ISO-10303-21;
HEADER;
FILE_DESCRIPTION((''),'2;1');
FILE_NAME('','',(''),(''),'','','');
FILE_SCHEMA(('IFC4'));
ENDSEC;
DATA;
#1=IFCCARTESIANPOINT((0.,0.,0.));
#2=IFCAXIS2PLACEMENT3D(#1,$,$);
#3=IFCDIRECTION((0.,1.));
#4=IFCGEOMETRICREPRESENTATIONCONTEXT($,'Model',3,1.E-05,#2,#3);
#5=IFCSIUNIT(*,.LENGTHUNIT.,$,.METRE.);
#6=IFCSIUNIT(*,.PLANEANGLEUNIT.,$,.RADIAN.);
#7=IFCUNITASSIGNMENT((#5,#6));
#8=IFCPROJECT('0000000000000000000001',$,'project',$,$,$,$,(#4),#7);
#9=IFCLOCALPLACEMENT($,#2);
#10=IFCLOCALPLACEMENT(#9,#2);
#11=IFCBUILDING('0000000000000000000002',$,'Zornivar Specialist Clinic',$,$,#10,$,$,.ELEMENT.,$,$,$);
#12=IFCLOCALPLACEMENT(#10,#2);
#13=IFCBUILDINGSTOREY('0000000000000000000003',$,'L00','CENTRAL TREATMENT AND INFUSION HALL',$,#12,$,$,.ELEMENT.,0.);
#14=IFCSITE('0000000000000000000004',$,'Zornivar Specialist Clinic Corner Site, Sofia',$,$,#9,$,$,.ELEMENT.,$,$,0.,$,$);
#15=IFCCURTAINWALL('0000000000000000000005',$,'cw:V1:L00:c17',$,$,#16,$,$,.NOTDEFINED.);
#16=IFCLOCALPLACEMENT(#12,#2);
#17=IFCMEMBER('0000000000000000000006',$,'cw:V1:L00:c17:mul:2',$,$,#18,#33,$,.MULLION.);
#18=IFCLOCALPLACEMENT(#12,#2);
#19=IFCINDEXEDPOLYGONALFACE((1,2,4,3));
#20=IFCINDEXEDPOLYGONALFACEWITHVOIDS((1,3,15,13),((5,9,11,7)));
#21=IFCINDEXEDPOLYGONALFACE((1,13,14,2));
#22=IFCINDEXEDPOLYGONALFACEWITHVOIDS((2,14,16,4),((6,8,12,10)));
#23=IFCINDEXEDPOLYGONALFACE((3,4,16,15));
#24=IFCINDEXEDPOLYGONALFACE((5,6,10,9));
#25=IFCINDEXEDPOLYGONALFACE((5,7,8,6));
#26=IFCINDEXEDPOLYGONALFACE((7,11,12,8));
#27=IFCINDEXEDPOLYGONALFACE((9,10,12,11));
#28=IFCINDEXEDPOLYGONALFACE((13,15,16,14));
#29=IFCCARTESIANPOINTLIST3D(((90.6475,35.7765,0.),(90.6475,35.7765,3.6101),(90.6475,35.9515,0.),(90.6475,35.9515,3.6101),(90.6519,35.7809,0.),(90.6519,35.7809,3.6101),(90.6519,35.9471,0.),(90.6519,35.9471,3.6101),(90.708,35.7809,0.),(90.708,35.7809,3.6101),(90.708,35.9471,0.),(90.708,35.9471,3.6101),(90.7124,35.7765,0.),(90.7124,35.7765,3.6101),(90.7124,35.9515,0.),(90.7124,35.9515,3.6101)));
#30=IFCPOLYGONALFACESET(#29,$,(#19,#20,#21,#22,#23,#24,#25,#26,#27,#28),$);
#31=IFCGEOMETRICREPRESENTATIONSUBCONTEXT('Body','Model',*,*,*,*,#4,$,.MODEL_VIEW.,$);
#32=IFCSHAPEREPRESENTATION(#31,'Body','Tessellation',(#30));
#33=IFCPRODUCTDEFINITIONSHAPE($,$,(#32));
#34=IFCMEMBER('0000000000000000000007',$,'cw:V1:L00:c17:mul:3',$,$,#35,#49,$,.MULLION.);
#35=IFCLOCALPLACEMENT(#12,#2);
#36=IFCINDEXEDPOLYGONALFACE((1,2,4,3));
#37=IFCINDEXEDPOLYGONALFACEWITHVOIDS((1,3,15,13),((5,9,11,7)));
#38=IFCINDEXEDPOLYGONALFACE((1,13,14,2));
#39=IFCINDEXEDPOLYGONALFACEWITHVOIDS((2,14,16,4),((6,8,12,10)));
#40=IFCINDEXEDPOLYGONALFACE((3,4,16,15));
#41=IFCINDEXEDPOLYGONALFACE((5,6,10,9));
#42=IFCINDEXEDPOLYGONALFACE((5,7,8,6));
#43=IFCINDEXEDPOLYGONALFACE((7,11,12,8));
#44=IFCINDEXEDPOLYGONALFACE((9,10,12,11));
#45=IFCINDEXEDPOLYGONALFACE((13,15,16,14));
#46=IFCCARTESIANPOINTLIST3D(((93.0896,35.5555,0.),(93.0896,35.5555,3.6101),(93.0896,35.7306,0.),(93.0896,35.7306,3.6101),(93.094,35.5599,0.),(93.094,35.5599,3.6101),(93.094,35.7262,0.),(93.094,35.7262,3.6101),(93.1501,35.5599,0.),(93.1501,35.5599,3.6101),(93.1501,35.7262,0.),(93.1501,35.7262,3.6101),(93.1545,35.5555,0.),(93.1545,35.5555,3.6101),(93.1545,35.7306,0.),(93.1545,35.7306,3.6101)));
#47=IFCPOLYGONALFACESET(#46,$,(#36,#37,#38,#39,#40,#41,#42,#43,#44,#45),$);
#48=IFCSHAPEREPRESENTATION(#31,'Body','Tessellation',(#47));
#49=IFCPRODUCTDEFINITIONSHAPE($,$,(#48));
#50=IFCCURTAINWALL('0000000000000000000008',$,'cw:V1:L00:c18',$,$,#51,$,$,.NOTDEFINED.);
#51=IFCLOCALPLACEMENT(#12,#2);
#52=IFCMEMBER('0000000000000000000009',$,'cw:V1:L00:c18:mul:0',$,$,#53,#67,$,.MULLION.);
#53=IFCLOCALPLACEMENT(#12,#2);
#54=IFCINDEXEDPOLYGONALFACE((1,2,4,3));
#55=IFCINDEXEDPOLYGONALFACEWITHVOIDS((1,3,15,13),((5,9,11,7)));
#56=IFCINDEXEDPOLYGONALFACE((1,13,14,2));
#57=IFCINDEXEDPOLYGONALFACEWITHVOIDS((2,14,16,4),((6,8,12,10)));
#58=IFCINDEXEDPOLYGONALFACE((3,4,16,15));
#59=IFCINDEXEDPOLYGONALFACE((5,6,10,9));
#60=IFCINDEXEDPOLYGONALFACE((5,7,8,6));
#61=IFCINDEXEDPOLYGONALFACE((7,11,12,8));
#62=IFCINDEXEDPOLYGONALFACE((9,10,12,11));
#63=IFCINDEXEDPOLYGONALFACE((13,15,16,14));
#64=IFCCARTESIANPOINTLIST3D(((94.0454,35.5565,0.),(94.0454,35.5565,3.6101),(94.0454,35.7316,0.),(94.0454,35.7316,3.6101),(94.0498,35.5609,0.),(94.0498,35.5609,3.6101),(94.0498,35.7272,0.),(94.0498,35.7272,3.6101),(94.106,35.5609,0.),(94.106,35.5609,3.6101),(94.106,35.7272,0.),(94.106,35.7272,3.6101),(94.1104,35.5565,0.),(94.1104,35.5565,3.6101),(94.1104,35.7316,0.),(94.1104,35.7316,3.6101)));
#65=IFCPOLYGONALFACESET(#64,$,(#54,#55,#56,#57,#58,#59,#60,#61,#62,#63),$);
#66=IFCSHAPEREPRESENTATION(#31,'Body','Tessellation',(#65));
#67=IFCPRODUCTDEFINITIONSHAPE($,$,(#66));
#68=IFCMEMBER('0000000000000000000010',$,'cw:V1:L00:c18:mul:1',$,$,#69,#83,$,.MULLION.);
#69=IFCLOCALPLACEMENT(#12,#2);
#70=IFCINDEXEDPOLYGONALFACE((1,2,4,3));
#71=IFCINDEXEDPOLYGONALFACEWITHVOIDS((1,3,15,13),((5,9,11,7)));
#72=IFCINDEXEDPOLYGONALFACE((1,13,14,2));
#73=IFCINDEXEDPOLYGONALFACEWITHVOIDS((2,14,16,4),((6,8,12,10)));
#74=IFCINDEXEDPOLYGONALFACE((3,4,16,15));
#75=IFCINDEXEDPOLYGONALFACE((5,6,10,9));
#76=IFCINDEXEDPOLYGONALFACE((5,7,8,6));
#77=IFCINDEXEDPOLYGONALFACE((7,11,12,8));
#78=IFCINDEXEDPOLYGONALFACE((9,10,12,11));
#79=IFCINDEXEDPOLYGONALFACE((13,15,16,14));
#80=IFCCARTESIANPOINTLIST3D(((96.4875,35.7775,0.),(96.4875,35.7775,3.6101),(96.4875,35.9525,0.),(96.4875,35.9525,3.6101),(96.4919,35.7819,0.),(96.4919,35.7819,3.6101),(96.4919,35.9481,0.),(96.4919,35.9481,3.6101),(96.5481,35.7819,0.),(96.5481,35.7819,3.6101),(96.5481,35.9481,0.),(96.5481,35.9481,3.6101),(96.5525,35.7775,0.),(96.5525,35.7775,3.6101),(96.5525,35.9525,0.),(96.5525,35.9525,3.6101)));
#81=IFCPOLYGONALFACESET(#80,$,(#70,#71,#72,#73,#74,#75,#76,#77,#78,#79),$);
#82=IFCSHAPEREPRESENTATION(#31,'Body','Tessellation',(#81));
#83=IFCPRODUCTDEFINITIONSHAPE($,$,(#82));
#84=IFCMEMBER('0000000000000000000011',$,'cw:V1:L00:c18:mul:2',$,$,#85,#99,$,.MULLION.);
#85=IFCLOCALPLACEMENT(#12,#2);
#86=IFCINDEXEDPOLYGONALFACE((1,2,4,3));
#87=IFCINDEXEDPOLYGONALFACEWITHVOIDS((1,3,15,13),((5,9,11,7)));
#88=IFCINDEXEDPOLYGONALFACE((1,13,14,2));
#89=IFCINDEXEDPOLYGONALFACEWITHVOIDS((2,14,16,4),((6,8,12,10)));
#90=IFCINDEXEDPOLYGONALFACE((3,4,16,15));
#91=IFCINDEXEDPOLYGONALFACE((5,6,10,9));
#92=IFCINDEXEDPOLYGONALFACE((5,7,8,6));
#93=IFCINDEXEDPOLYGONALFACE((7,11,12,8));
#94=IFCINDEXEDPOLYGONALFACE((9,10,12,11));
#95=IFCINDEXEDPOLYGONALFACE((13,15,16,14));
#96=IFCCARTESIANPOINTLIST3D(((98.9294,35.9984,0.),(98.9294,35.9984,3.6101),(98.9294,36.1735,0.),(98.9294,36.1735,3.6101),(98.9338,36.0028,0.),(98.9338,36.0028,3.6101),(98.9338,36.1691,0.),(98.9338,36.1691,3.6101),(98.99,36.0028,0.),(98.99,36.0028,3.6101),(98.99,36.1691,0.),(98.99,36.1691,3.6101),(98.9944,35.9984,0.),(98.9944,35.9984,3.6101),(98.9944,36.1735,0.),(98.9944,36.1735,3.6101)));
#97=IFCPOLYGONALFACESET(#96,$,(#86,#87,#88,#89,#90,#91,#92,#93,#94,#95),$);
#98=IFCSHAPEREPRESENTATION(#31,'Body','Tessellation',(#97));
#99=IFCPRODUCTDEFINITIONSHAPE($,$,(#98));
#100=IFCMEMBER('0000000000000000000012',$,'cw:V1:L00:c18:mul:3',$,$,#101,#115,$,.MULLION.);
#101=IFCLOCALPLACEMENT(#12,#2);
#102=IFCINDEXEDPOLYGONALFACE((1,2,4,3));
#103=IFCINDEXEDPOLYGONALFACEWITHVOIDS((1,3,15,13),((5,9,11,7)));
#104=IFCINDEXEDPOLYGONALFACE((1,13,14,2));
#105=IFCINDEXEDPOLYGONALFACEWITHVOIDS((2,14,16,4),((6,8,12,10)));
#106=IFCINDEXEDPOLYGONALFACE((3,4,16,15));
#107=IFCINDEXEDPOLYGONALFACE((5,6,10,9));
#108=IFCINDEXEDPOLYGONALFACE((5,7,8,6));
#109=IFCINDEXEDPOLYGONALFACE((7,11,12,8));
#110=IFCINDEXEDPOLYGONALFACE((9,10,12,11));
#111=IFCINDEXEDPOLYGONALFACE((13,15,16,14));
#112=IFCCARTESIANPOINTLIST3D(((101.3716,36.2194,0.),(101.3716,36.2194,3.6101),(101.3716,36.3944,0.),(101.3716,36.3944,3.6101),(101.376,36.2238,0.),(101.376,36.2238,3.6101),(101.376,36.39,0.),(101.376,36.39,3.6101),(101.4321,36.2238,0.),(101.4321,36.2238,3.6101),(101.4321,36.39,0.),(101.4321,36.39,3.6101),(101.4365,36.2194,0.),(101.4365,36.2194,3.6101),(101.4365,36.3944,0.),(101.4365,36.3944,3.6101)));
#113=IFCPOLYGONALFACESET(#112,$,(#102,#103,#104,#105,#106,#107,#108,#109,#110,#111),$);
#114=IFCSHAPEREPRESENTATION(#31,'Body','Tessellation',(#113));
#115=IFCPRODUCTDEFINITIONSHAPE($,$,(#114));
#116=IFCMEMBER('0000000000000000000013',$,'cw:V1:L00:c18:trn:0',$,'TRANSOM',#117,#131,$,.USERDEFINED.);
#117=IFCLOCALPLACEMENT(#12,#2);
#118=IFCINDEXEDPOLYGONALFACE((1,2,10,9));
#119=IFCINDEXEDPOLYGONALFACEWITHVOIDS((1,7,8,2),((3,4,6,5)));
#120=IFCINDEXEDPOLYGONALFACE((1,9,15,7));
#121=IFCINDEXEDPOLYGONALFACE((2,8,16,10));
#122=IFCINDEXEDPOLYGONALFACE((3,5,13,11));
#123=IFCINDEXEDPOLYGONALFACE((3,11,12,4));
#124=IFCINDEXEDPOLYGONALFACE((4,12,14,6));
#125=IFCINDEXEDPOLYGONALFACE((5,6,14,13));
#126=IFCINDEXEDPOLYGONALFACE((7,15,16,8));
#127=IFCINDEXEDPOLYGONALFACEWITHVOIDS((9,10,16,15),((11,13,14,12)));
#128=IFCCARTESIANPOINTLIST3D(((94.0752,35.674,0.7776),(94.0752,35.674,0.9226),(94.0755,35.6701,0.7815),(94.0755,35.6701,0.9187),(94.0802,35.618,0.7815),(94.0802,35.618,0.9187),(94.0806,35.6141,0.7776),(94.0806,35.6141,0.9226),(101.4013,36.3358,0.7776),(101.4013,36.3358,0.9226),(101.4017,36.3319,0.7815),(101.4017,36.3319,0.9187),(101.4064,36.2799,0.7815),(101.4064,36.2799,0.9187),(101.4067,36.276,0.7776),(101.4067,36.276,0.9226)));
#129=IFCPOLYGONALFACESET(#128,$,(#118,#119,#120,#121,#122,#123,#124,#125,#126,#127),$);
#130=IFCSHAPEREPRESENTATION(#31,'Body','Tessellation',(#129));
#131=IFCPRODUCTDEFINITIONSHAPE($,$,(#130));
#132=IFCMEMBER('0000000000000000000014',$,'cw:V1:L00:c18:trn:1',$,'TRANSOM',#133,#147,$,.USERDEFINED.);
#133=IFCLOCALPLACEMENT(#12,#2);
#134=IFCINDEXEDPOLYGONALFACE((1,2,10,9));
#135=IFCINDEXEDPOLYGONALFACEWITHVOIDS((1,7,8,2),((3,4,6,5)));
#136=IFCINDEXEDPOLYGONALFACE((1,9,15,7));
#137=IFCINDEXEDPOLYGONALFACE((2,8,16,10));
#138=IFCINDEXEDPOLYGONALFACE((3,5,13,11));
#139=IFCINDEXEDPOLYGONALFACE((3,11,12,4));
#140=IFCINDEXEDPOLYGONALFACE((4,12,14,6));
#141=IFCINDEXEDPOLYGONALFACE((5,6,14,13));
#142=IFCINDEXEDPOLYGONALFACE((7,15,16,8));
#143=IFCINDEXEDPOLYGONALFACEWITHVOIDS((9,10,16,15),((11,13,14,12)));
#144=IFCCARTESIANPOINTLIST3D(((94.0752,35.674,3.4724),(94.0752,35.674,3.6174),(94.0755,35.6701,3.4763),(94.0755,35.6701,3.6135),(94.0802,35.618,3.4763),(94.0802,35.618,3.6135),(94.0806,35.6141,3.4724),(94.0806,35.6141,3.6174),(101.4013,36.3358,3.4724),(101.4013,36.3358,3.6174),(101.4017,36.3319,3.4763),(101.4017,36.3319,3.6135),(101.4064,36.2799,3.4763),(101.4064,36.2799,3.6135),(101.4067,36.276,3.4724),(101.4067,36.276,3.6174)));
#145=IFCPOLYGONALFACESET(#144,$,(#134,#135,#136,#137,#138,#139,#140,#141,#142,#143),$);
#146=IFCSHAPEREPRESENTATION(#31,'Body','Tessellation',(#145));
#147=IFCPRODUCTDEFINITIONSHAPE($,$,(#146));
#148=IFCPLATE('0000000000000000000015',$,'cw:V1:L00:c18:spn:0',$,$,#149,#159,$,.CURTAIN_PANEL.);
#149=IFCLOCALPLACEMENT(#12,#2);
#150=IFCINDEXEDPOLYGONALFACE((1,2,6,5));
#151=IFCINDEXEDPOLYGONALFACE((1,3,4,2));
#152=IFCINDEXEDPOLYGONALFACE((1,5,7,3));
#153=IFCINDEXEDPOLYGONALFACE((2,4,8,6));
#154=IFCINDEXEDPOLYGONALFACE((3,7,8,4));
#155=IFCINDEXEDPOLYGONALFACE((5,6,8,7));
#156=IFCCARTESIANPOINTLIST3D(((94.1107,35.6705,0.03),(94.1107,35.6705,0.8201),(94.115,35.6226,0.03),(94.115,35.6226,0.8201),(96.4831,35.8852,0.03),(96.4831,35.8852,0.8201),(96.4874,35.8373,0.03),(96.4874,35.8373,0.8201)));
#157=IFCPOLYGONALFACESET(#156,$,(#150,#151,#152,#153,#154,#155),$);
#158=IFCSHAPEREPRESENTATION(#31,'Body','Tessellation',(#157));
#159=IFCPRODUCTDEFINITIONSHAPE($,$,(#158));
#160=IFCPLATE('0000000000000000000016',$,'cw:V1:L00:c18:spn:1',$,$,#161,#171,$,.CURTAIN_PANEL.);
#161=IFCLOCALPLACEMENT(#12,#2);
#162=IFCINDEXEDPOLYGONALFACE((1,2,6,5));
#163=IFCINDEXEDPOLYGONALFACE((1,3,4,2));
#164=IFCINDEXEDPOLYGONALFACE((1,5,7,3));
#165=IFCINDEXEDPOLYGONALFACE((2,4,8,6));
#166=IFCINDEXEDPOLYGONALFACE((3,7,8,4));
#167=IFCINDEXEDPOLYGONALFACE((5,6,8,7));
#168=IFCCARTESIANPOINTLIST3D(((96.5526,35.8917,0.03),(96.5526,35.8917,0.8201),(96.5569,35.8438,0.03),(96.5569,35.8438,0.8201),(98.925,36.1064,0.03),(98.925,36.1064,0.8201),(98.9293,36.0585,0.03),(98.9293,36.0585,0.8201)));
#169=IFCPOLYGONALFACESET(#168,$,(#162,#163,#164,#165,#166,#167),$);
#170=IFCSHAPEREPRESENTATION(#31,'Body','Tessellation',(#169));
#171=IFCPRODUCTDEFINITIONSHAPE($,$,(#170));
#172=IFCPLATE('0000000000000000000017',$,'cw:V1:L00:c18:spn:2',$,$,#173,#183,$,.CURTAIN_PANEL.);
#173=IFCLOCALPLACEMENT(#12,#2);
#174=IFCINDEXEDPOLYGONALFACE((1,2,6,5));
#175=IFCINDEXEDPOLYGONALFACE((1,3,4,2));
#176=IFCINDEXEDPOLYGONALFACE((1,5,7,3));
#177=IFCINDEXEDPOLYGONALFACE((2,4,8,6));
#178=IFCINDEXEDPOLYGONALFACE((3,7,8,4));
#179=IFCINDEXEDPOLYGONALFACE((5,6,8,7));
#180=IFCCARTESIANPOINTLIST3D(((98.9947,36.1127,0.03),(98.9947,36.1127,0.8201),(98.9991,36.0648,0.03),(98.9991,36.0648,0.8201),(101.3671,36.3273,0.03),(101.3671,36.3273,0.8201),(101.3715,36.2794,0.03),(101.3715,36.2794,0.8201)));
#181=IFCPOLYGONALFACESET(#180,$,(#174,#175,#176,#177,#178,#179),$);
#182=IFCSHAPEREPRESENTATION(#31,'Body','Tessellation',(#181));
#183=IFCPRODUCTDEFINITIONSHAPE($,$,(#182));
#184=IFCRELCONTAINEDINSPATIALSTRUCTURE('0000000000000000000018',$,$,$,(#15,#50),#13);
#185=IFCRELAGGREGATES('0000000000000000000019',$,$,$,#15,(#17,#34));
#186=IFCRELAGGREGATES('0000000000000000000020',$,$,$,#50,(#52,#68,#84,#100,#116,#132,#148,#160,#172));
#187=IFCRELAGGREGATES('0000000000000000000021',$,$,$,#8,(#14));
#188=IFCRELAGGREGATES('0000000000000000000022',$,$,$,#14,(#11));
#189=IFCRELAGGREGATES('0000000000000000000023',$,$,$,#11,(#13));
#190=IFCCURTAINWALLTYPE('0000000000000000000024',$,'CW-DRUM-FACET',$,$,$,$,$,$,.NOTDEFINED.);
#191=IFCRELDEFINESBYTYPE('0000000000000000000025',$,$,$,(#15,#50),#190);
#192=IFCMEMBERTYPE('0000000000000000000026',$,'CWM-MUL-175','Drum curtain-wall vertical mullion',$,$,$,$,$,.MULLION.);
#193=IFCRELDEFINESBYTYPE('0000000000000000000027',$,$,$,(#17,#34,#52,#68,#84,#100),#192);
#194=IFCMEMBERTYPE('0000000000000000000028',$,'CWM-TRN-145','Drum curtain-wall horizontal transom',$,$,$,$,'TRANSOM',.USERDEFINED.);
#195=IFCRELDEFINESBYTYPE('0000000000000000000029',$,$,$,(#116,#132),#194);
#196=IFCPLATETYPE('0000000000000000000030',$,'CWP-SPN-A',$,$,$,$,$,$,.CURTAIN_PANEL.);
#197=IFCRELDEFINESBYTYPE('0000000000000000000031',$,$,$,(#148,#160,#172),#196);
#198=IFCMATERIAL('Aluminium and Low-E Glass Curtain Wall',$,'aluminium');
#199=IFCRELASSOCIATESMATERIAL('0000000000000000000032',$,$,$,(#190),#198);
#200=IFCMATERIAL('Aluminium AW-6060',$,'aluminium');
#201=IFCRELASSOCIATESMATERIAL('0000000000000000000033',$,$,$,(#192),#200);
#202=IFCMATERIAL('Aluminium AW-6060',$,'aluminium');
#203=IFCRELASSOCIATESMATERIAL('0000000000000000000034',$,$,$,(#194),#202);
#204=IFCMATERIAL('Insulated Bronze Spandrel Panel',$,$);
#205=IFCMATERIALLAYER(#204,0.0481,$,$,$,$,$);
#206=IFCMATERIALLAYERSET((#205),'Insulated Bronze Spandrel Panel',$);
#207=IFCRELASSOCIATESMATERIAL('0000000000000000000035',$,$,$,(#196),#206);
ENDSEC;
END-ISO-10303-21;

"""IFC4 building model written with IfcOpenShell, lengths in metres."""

from ifc_helpers import new_model, si_unit, direction, frame, origin, origin_2d, place, context, subcontext, project, spatial, rectangle, hollow_rectangle, extrude, material, layer, layer_set, material_profile, profile_set, type_object, element, aggregate, save


model = new_model("IFC4")

# Units and contexts
model_context = context("Model", 3, precision=1e-05, world=origin(), true_north=direction((0.0, 1.0)))
body_context = subcontext(model_context, "Body", "Model", "MODEL_VIEW")
ifc_project = project(units=[si_unit("LENGTHUNIT", "METRE"), si_unit("PLANEANGLEUNIT", "RADIAN")], contexts=[model_context])

# Site, building, storey
site_placement = place(None, origin())
site = spatial("IfcSite", under=ifc_project, at=site_placement, Name="Zornivar Specialist Clinic Corner Site, Sofia", CompositionType="ELEMENT", RefElevation=0.0)
building_placement = place(site_placement, origin())
building = spatial("IfcBuilding", under=site, at=building_placement, Name="Zornivar Specialist Clinic", CompositionType="ELEMENT")
storey_placement = place(building_placement, origin())
storey = spatial("IfcBuildingStorey", under=building, at=storey_placement, Name="L00", Description="CENTRAL TREATMENT AND INFUSION HALL", CompositionType="ELEMENT", Elevation=0.0)

# Curtain wall, members
ifc_material_1 = material(Name="Aluminium and Low-E Glass Curtain Wall", Category="aluminium")
curtain_wall_type = type_object("IfcCurtainWallType", Name="CW-DRUM-FACET", PredefinedType="NOTDEFINED", material=ifc_material_1)
curtain_wall_1_placement = place(storey_placement, origin())
curtain_wall_1 = element("IfcCurtainWall", 1, at=curtain_wall_1_placement, inside=storey, type_object=curtain_wall_type, Name="cw:V1:L00:c17", PredefinedType="NOTDEFINED")
ifc_material_2 = material(Name="Aluminium AW-6060", Category="aluminium")
ifc_material_profile_1 = material_profile(ifc_material_2, hollow_rectangle(XDim=0.0649, YDim=0.175, WallThickness=0.0044, at=origin_2d()), Name="ALU 65x175x4.5")
ifc_profile_set_1 = profile_set([ifc_material_profile_1], Name="Aluminium AW-6060")
member_type_1 = type_object("IfcMemberType", Name="CWM-MUL-175", Description="Drum curtain-wall vertical mullion", PredefinedType="MULLION", material=ifc_profile_set_1)
member_1_placement = place(storey_placement, frame((90.6799, 35.864, 0.0), z_axis=(0.0, 0.0, 1.0), x_axis=(1.0, 0.0, 0.0)))
member_1 = element("IfcMember", 2, at=member_1_placement, type_object=member_type_1, Name="cw:V1:L00:c17:mul:2", PredefinedType="MULLION", context=body_context, shape_type="SweptSolid", body=[
    extrude(hollow_rectangle(XDim=0.0649, YDim=0.175, WallThickness=0.0044, at=origin_2d()), origin(), (0.0, 0.0, 1.0), 3.6101),
])
member_2_placement = place(storey_placement, frame((93.1221, 35.6431, 0.0), z_axis=(0.0, 0.0, 1.0), x_axis=(1.0, 0.0, 0.0)))
member_2 = element("IfcMember", 3, at=member_2_placement, type_object=member_type_1, Name="cw:V1:L00:c17:mul:3", PredefinedType="MULLION", context=body_context, shape_type="SweptSolid", body=[
    extrude(hollow_rectangle(XDim=0.0649, YDim=0.175, WallThickness=0.0044, at=origin_2d()), origin(), (0.0, 0.0, 1.0), 3.6101),
])

# Curtain wall, members, plates
curtain_wall_2_placement = place(storey_placement, origin())
curtain_wall_2 = element("IfcCurtainWall", 4, at=curtain_wall_2_placement, inside=storey, type_object=curtain_wall_type, Name="cw:V1:L00:c18", PredefinedType="NOTDEFINED")
member_3_placement = place(storey_placement, frame((94.0779, 35.644, 0.0), z_axis=(0.0, 0.0, 1.0), x_axis=(1.0, 0.0, 0.0)))
member_3 = element("IfcMember", 5, at=member_3_placement, type_object=member_type_1, Name="cw:V1:L00:c18:mul:0", PredefinedType="MULLION", context=body_context, shape_type="SweptSolid", body=[
    extrude(hollow_rectangle(XDim=0.0649, YDim=0.175, WallThickness=0.0044, at=origin_2d()), origin(), (0.0, 0.0, 1.0), 3.6101),
])
member_4_placement = place(storey_placement, frame((96.52, 35.865, 0.0), z_axis=(0.0, 0.0, 1.0), x_axis=(1.0, 0.0, 0.0)))
member_4 = element("IfcMember", 6, at=member_4_placement, type_object=member_type_1, Name="cw:V1:L00:c18:mul:1", PredefinedType="MULLION", context=body_context, shape_type="SweptSolid", body=[
    extrude(hollow_rectangle(XDim=0.0649, YDim=0.175, WallThickness=0.0044, at=origin_2d()), origin(), (0.0, 0.0, 1.0), 3.6101),
])
member_5_placement = place(storey_placement, frame((98.9619, 36.0859, 0.0), z_axis=(0.0, 0.0, 1.0), x_axis=(1.0, 0.0, 0.0)))
member_5 = element("IfcMember", 7, at=member_5_placement, type_object=member_type_1, Name="cw:V1:L00:c18:mul:2", PredefinedType="MULLION", context=body_context, shape_type="SweptSolid", body=[
    extrude(hollow_rectangle(XDim=0.0649, YDim=0.175, WallThickness=0.0044, at=origin_2d()), origin(), (0.0, 0.0, 1.0), 3.6101),
])
member_6_placement = place(storey_placement, frame((101.4041, 36.3069, 0.0), z_axis=(0.0, 0.0, 1.0), x_axis=(1.0, 0.0, 0.0)))
member_6 = element("IfcMember", 8, at=member_6_placement, type_object=member_type_1, Name="cw:V1:L00:c18:mul:3", PredefinedType="MULLION", context=body_context, shape_type="SweptSolid", body=[
    extrude(hollow_rectangle(XDim=0.0649, YDim=0.175, WallThickness=0.0044, at=origin_2d()), origin(), (0.0, 0.0, 1.0), 3.6101),
])
ifc_material_3 = material(Name="Aluminium AW-6060", Category="aluminium")
ifc_material_profile_2 = material_profile(ifc_material_3, hollow_rectangle(XDim=0.0601, YDim=0.145, WallThickness=0.0039, at=origin_2d()), Name="ALU 60x145x4")
ifc_profile_set_2 = profile_set([ifc_material_profile_2], Name="Aluminium AW-6060")
member_type_2 = type_object("IfcMemberType", Name="CWM-TRN-145", Description="Drum curtain-wall horizontal transom", ElementType="TRANSOM", PredefinedType="USERDEFINED", material=ifc_profile_set_2)
member_7_placement = place(storey_placement, frame((94.0779, 35.644, 0.8501), z_axis=(0.995944, 0.089976, 0.0), x_axis=(-0.089976, 0.995944, 0.0)))
member_7 = element("IfcMember", 9, at=member_7_placement, type_object=member_type_2, Name="cw:V1:L00:c18:trn:0", ObjectType="TRANSOM", PredefinedType="USERDEFINED", context=body_context, shape_type="SweptSolid", body=[
    extrude(hollow_rectangle(XDim=0.0601, YDim=0.145, WallThickness=0.0039, at=origin_2d()), origin(), (0.0, 0.0, 1.0), 7.356),
])
member_8_placement = place(storey_placement, frame((94.0779, 35.644, 3.5449), z_axis=(0.995944, 0.089976, 0.0), x_axis=(-0.089976, 0.995944, 0.0)))
member_8 = element("IfcMember", 10, at=member_8_placement, type_object=member_type_2, Name="cw:V1:L00:c18:trn:1", ObjectType="TRANSOM", PredefinedType="USERDEFINED", context=body_context, shape_type="SweptSolid", body=[
    extrude(hollow_rectangle(XDim=0.0601, YDim=0.145, WallThickness=0.0039, at=origin_2d()), origin(), (0.0, 0.0, 1.0), 7.356),
])
ifc_material_4 = material(Name="Insulated Bronze Spandrel Panel")
ifc_layer_1 = layer(ifc_material_4, 0.0481)
ifc_layer_set_1 = layer_set([ifc_layer_1], Name="Insulated Bronze Spandrel Panel")
plate_type_1 = type_object("IfcPlateType", Name="CWP-SPN-A", PredefinedType="CURTAIN_PANEL", material=ifc_layer_set_1)
plate_1_placement = place(storey_placement, frame((95.2991, 35.7539, 0.03), z_axis=(0.0, 0.0, 1.0), x_axis=(0.995933, 0.090099, 0.0)))
plate_1 = element("IfcPlate", 11, at=plate_1_placement, type_object=plate_type_1, Name="cw:V1:L00:c18:spn:0", PredefinedType="CURTAIN_PANEL", context=body_context, shape_type="SweptSolid", body=[
    extrude(rectangle(XDim=2.3821, YDim=0.0481, at=origin_2d()), origin(), (0.0, 0.0, 1.0), 0.79),
])
plate_2_placement = place(storey_placement, frame((97.741, 35.9751, 0.03), z_axis=(0.0, 0.0, 1.0), x_axis=(0.995933, 0.090099, 0.0)))
plate_2 = element("IfcPlate", 12, at=plate_2_placement, type_object=plate_type_1, Name="cw:V1:L00:c18:spn:1", PredefinedType="CURTAIN_PANEL", context=body_context, shape_type="SweptSolid", body=[
    extrude(rectangle(XDim=2.3821, YDim=0.0481, at=origin_2d()), origin(), (0.0, 0.0, 1.0), 0.79),
])
plate_3_placement = place(storey_placement, frame((100.1831, 36.196, 0.03), z_axis=(0.0, 0.0, 1.0), x_axis=(0.995933, 0.090099, 0.0)))
plate_3 = element("IfcPlate", 13, at=plate_3_placement, type_object=plate_type_1, Name="cw:V1:L00:c18:spn:2", PredefinedType="CURTAIN_PANEL", context=body_context, shape_type="SweptSolid", body=[
    extrude(rectangle(XDim=2.3821, YDim=0.0481, at=origin_2d()), origin(), (0.0, 0.0, 1.0), 0.79),
])

aggregate(curtain_wall_1, [member_1, member_2])
aggregate(curtain_wall_2, [member_3, member_4, member_5, member_6, member_7, member_8, plate_1, plate_2, plate_3])

save(model, "model.ifc")
